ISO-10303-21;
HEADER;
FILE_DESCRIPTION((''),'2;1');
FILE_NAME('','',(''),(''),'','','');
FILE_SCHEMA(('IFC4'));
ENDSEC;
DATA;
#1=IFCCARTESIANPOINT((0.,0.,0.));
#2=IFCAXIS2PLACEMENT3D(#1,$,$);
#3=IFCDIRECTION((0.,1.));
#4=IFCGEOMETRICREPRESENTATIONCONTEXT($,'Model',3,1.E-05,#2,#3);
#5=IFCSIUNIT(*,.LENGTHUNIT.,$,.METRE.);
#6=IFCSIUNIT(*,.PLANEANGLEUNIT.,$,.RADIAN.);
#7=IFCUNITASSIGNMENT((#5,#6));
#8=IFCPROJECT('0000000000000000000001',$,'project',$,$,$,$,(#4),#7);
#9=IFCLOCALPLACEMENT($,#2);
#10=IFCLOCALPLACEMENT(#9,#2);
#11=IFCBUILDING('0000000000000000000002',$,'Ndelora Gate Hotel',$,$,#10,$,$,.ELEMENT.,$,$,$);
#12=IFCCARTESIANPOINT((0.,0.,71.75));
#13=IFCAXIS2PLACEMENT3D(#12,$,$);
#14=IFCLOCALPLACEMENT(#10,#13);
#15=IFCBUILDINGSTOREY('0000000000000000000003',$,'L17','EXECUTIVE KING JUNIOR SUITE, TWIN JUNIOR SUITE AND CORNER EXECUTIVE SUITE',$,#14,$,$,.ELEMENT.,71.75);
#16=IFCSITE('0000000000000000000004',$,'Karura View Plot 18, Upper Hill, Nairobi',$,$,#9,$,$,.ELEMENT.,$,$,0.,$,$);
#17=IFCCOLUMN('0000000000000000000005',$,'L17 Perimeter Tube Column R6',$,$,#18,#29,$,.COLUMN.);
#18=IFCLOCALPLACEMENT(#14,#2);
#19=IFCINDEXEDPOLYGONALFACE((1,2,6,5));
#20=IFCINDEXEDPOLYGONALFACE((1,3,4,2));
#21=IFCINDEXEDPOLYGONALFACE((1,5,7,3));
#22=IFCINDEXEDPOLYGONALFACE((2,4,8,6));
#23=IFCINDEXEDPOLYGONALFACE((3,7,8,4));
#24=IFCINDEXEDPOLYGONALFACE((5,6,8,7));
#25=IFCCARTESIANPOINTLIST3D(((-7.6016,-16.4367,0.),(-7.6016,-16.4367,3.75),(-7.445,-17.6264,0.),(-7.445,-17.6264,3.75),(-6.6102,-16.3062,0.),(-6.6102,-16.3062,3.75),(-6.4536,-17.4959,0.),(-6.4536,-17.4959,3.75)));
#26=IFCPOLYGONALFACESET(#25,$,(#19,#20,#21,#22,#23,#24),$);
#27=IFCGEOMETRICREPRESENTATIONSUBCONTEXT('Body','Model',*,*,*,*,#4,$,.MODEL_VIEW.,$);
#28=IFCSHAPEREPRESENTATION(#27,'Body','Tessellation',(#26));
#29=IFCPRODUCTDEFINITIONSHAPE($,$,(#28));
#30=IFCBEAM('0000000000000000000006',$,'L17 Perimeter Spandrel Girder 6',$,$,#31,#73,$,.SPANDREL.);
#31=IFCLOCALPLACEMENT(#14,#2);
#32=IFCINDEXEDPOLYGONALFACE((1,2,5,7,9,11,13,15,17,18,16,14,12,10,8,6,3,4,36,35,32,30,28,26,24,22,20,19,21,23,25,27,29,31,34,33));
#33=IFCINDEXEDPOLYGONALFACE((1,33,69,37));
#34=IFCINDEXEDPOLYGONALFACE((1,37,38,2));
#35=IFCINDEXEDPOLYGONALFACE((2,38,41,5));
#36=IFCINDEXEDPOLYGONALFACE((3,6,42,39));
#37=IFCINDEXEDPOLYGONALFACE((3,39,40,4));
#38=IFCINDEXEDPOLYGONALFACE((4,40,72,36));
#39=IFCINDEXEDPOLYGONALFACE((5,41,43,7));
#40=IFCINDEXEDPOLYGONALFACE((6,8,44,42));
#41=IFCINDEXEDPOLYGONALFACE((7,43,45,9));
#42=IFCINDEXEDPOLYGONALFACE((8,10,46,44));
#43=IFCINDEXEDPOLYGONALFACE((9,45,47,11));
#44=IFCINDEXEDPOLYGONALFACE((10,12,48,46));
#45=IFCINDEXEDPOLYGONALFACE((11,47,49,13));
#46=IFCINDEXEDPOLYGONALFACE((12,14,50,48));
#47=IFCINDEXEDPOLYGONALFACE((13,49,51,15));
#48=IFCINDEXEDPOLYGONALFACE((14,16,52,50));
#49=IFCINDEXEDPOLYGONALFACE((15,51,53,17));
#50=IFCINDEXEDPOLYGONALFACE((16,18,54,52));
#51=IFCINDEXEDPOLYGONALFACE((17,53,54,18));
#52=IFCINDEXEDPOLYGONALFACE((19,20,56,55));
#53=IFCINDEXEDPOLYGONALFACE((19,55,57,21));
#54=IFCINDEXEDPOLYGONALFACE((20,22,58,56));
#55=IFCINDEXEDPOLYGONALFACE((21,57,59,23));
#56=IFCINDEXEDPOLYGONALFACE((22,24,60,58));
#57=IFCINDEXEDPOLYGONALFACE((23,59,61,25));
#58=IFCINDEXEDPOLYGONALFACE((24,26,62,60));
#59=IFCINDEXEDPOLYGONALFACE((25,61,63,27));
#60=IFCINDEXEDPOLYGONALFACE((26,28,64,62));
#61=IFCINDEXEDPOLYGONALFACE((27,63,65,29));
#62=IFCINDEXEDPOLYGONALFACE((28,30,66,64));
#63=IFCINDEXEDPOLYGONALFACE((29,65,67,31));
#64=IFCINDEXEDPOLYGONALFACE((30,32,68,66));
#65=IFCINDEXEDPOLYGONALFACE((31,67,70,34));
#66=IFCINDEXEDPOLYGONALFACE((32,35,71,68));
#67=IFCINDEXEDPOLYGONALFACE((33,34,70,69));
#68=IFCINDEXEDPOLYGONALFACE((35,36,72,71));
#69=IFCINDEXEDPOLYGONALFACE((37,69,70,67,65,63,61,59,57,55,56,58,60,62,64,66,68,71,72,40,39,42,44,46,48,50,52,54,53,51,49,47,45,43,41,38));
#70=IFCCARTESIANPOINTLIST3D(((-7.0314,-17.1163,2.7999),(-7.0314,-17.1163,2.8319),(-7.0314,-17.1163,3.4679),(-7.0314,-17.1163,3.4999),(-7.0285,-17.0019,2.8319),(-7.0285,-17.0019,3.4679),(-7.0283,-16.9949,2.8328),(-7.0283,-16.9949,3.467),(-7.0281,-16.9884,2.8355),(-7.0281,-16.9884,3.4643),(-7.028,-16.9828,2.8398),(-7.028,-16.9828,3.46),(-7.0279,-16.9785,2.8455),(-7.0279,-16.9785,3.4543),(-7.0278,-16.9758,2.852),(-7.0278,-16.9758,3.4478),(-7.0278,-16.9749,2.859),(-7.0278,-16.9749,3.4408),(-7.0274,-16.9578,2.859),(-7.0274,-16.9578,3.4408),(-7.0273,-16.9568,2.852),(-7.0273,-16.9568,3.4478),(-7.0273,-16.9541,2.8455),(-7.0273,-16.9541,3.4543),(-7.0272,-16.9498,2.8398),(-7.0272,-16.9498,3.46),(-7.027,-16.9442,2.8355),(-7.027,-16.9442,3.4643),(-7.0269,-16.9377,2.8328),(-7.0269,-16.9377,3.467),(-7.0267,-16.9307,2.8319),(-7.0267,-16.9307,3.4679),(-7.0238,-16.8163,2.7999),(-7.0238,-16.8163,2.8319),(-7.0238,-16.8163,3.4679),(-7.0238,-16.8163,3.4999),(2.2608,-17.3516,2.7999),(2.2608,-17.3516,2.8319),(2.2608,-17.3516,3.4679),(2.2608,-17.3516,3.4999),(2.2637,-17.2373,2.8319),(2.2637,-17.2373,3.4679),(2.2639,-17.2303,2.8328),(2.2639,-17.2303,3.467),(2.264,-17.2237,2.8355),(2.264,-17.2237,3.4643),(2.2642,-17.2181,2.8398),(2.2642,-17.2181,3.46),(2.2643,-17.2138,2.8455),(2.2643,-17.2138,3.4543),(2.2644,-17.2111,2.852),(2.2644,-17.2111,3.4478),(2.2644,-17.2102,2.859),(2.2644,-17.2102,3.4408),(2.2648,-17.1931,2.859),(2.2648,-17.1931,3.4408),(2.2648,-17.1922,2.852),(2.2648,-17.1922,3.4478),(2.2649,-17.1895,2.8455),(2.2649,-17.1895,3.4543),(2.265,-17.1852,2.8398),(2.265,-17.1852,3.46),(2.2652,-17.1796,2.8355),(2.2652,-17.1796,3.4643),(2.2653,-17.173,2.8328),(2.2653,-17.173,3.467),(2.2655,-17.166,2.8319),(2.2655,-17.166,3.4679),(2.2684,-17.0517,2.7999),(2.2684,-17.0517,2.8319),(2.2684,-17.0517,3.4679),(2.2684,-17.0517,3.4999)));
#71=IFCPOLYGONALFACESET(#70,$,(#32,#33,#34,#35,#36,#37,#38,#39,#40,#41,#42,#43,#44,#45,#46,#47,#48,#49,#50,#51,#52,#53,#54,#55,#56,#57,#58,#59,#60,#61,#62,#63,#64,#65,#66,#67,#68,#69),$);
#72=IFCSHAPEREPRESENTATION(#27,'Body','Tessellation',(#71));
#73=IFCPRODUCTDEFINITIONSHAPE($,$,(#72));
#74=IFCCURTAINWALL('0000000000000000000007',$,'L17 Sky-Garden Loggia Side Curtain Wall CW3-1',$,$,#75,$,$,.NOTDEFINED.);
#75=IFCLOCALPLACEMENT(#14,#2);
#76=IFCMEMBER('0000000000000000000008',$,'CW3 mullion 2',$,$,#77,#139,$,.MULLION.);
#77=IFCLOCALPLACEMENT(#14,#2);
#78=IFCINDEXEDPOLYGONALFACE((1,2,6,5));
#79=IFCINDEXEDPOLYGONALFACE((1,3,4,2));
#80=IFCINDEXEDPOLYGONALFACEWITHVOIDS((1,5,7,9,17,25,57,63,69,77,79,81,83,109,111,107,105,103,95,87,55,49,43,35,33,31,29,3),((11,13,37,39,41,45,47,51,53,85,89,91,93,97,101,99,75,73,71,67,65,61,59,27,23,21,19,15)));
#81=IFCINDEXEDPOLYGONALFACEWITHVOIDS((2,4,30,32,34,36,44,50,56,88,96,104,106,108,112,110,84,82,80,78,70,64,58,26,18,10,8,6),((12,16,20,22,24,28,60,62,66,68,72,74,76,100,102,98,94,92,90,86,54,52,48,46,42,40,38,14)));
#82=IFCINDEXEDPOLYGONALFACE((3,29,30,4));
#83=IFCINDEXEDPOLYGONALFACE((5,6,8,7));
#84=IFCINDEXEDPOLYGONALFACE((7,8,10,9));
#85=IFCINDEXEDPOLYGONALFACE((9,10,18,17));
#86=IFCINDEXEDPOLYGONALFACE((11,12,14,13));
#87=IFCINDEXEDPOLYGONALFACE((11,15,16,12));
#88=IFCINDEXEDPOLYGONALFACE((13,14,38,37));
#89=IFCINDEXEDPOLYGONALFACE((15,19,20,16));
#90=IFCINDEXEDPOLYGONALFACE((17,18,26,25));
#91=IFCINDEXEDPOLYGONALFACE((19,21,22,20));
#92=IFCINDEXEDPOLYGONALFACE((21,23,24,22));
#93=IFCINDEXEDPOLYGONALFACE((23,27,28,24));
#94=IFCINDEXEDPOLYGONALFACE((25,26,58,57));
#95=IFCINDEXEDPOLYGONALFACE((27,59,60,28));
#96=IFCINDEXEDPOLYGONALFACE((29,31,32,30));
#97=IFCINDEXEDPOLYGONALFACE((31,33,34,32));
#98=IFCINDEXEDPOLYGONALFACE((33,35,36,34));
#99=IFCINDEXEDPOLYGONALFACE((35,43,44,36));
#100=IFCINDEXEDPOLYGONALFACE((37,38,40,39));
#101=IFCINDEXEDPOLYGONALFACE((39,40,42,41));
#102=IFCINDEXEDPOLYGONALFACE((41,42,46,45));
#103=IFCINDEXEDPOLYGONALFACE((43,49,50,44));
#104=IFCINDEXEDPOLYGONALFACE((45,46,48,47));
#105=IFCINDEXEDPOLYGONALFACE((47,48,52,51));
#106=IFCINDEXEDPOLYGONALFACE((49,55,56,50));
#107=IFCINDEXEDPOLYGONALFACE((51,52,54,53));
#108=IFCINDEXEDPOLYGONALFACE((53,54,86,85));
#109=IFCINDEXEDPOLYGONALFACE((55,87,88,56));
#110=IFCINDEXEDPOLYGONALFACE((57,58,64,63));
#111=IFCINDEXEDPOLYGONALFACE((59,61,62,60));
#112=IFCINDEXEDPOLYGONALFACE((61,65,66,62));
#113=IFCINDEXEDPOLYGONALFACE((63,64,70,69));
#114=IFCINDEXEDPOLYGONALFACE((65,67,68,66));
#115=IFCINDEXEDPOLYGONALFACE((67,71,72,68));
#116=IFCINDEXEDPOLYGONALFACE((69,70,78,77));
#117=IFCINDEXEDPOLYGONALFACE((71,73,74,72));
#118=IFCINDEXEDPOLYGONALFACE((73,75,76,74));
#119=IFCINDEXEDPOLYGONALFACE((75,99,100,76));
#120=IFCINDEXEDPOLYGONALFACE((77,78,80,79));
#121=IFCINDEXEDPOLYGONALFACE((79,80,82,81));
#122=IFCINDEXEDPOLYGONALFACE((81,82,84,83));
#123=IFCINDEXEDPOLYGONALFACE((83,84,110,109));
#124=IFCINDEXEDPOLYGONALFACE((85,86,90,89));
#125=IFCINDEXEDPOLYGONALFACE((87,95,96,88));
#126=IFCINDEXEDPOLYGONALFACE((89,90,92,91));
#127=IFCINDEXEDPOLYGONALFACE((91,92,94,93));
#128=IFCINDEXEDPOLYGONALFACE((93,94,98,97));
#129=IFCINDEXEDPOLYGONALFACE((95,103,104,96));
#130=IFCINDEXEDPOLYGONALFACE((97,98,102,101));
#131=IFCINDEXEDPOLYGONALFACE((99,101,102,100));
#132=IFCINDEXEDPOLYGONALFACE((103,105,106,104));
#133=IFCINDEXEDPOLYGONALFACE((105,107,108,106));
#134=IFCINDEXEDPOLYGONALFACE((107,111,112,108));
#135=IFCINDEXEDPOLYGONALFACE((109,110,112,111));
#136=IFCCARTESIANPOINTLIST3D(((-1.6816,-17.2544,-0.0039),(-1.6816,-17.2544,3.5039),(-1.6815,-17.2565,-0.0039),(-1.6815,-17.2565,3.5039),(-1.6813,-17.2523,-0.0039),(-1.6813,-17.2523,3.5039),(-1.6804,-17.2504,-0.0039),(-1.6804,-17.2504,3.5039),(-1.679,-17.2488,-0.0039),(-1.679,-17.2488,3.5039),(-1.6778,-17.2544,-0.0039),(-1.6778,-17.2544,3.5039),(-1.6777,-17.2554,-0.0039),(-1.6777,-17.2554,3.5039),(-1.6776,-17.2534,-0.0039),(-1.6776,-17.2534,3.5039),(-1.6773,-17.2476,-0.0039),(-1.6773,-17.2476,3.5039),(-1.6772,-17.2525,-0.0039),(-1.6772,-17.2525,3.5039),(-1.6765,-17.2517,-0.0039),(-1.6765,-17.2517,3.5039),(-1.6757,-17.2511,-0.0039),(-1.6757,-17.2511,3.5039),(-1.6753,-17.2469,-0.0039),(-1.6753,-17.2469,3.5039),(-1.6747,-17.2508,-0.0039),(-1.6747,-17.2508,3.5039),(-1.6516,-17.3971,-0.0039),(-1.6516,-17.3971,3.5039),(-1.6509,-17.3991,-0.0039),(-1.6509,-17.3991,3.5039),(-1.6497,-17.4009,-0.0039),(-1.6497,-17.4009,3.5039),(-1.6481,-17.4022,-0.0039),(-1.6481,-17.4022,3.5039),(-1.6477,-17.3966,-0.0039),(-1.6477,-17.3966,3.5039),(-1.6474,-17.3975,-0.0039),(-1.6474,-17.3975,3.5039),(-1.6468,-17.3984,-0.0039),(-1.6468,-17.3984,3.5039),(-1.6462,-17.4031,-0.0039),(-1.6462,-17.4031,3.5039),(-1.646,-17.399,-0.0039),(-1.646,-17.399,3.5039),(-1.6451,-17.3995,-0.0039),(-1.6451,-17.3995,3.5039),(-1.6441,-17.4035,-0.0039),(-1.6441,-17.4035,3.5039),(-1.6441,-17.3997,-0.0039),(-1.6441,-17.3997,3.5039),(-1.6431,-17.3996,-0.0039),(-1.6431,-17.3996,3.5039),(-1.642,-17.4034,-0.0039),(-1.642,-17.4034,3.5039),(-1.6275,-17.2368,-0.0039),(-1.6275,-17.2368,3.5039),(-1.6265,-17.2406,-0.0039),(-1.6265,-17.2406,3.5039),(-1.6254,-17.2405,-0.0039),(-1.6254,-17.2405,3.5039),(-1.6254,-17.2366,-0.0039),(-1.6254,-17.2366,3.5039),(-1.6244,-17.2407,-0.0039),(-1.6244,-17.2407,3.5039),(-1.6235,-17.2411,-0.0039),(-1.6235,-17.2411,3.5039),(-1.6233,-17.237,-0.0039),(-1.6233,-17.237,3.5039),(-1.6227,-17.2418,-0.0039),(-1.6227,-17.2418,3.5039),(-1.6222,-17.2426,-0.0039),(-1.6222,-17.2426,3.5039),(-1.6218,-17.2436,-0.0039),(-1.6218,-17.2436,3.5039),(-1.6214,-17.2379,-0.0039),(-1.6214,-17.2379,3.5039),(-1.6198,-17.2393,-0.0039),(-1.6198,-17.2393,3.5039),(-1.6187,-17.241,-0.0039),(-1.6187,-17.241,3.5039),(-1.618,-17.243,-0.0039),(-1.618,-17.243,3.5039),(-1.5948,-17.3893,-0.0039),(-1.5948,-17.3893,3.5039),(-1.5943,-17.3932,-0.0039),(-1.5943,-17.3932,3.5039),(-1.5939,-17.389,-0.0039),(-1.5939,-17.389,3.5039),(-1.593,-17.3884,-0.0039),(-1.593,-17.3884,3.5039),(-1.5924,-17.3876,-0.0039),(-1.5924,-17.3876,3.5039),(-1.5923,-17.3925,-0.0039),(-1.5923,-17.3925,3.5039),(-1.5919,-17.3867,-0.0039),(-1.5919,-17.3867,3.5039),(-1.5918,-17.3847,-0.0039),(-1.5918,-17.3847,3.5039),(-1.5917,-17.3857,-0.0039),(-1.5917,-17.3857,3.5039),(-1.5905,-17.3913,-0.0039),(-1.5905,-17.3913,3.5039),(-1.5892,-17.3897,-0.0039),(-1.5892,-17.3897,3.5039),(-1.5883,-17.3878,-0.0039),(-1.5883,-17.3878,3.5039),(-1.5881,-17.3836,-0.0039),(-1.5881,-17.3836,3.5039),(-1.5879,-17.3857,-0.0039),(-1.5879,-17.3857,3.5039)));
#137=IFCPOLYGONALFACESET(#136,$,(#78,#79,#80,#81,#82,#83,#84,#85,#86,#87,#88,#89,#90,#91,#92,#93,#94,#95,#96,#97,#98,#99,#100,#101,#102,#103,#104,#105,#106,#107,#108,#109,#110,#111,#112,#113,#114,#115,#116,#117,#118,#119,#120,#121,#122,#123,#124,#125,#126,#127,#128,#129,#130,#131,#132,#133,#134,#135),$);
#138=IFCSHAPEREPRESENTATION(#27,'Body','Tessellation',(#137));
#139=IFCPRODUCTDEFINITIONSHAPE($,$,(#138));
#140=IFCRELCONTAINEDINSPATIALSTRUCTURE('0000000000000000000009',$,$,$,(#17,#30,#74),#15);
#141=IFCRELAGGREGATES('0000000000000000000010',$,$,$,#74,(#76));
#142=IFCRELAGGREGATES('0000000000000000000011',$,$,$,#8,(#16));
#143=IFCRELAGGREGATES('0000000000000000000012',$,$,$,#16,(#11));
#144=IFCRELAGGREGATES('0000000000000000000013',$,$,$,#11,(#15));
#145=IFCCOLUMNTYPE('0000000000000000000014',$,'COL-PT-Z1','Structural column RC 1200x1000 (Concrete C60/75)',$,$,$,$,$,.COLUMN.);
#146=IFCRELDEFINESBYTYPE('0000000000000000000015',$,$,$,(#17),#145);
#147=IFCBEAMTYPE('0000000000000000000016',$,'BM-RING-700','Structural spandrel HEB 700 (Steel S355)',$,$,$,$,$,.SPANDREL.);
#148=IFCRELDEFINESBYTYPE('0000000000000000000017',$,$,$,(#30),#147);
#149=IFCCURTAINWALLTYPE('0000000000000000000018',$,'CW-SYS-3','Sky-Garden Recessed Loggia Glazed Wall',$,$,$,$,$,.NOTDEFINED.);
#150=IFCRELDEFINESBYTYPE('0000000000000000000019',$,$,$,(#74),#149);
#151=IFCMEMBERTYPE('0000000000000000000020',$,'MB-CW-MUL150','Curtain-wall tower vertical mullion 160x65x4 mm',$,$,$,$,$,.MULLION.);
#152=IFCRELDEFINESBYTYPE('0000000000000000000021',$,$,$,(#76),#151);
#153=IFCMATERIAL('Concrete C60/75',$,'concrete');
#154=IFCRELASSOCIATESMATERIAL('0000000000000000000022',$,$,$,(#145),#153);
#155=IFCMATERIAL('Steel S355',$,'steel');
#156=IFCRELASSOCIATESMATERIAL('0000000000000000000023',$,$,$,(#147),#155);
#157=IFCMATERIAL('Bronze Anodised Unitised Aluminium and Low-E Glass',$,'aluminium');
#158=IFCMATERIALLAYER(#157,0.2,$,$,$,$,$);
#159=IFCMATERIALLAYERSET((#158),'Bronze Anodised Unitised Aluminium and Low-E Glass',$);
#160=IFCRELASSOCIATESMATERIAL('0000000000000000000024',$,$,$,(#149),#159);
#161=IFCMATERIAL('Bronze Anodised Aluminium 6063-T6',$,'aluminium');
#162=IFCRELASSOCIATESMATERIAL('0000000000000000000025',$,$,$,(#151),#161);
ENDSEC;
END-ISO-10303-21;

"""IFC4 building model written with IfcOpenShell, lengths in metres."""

from ifc_helpers import new_model, si_unit, direction, frame, origin, origin_2d, place, context, subcontext, project, spatial, rectangle, hollow_rectangle, i_section, extrude, material, layer, layer_set, material_profile, profile_set, type_object, element, aggregate, save


model = new_model("IFC4")

# Units and contexts
model_context = context("Model", 3, precision=1e-05, world=origin(), true_north=direction((0.0, 1.0)))
body_context = subcontext(model_context, "Body", "Model", "MODEL_VIEW")
ifc_project = project(units=[si_unit("LENGTHUNIT", "METRE"), si_unit("PLANEANGLEUNIT", "RADIAN")], contexts=[model_context])

# Site, building, storey
site_placement = place(None, origin())
site = spatial("IfcSite", under=ifc_project, at=site_placement, Name="Karura View Plot 18, Upper Hill, Nairobi", CompositionType="ELEMENT", RefElevation=0.0)
building_placement = place(site_placement, origin())
building = spatial("IfcBuilding", under=site, at=building_placement, Name="Ndelora Gate Hotel", CompositionType="ELEMENT")
storey_placement = place(building_placement, frame((0.0, 0.0, 71.75)))
storey = spatial("IfcBuildingStorey", under=building, at=storey_placement, Name="L17", Description="EXECUTIVE KING JUNIOR SUITE, TWIN JUNIOR SUITE AND CORNER EXECUTIVE SUITE", CompositionType="ELEMENT", Elevation=71.75)

# Column
ifc_material_1 = material(Name="Concrete C60/75", Category="concrete")
ifc_material_profile_1 = material_profile(ifc_material_1, rectangle(XDim=1.0, YDim=1.2, at=origin_2d()), Name="RC 1200x1000")
ifc_profile_set_1 = profile_set([ifc_material_profile_1], Name="Concrete C60/75")
column_type = type_object("IfcColumnType", Name="COL-PT-Z1", Description="Structural column RC 1200x1000 (Concrete C60/75)", PredefinedType="COLUMN", material=ifc_profile_set_1)
column_placement = place(storey_placement, frame((-7.0276, -16.9663, 0.0), z_axis=(0.0, 0.0, 1.0), x_axis=(0.991445, 0.130526, 0.0)))
element("IfcColumn", 1, at=column_placement, inside=storey, type_object=column_type, Name="L17 Perimeter Tube Column R6", PredefinedType="COLUMN", context=body_context, shape_type="SweptSolid", body=[
    extrude(rectangle(XDim=1.0, YDim=1.2, at=origin_2d()), origin(), (0.0, 0.0, 1.0), 3.75),
])

# Beam
ifc_material_2 = material(Name="Steel S355", Category="steel")
ifc_material_profile_2 = material_profile(ifc_material_2, i_section(OverallWidth=0.3, OverallDepth=0.7, WebThickness=0.0171, FlangeThickness=0.032, FilletRadius=0.0271, at=origin_2d()), Name="HEB 700")
ifc_profile_set_2 = profile_set([ifc_material_profile_2], Name="Steel S355")
beam_type = type_object("IfcBeamType", Name="BM-RING-700", Description="Structural spandrel HEB 700 (Steel S355)", PredefinedType="SPANDREL", material=ifc_profile_set_2)
beam_placement = place(storey_placement, frame((-7.0276, -16.9663, 3.1499), z_axis=(0.999679, -0.02532, 0.0), x_axis=(0.02532, 0.999679, 0.0)))
element("IfcBeam", 2, at=beam_placement, inside=storey, type_object=beam_type, Name="L17 Perimeter Spandrel Girder 6", PredefinedType="SPANDREL", context=body_context, shape_type="SweptSolid", body=[
    extrude(i_section(OverallWidth=0.3, OverallDepth=0.7, WebThickness=0.0171, FlangeThickness=0.032, FilletRadius=0.0271, at=origin_2d()), origin(), (0.0, 0.0, 1.0), 9.2952),
])

# Curtain wall, member
ifc_material_3 = material(Name="Bronze Anodised Unitised Aluminium and Low-E Glass", Category="aluminium")
ifc_layer_1 = layer(ifc_material_3, 0.2)
ifc_layer_set_1 = layer_set([ifc_layer_1], Name="Bronze Anodised Unitised Aluminium and Low-E Glass")
curtain_wall_type = type_object("IfcCurtainWallType", Name="CW-SYS-3", Description="Sky-Garden Recessed Loggia Glazed Wall", PredefinedType="NOTDEFINED", material=ifc_layer_set_1)
curtain_wall_placement = place(storey_placement, origin())
curtain_wall = element("IfcCurtainWall", 3, at=curtain_wall_placement, inside=storey, type_object=curtain_wall_type, Name="L17 Sky-Garden Loggia Side Curtain Wall CW3-1", PredefinedType="NOTDEFINED")
ifc_material_4 = material(Name="Bronze Anodised Aluminium 6063-T6", Category="aluminium")
ifc_material_profile_3 = material_profile(ifc_material_4, hollow_rectangle(XDim=0.0649, YDim=0.1599, WallThickness=0.0039, InnerFilletRadius=0.0039, OuterFilletRadius=0.0081, at=origin_2d()), Name="ALU 160x65x4")
ifc_profile_set_3 = profile_set([ifc_material_profile_3], Name="Bronze Anodised Aluminium 6063-T6")
member_type_1 = type_object("IfcMemberType", Name="MB-CW-MUL150", Description="Curtain-wall tower vertical mullion 160x65x4 mm", PredefinedType="MULLION", material=ifc_profile_set_3)
member_1_placement = place(storey_placement, frame((-1.6348, -17.3201, -0.0039), z_axis=(0.0, 0.0, 1.0), x_axis=(0.978148, 0.207911, 0.0)))
member_1 = element("IfcMember", 4, at=member_1_placement, type_object=member_type_1, Name="CW3 mullion 2", PredefinedType="MULLION", context=body_context, shape_type="SweptSolid", body=[
    extrude(hollow_rectangle(XDim=0.0649, YDim=0.1599, WallThickness=0.0039, InnerFilletRadius=0.0039, OuterFilletRadius=0.0081, at=origin_2d()), origin(), (0.0, 0.0, 1.0), 3.5078),
])

aggregate(curtain_wall, [member_1])

save(model, "model.ifc")
